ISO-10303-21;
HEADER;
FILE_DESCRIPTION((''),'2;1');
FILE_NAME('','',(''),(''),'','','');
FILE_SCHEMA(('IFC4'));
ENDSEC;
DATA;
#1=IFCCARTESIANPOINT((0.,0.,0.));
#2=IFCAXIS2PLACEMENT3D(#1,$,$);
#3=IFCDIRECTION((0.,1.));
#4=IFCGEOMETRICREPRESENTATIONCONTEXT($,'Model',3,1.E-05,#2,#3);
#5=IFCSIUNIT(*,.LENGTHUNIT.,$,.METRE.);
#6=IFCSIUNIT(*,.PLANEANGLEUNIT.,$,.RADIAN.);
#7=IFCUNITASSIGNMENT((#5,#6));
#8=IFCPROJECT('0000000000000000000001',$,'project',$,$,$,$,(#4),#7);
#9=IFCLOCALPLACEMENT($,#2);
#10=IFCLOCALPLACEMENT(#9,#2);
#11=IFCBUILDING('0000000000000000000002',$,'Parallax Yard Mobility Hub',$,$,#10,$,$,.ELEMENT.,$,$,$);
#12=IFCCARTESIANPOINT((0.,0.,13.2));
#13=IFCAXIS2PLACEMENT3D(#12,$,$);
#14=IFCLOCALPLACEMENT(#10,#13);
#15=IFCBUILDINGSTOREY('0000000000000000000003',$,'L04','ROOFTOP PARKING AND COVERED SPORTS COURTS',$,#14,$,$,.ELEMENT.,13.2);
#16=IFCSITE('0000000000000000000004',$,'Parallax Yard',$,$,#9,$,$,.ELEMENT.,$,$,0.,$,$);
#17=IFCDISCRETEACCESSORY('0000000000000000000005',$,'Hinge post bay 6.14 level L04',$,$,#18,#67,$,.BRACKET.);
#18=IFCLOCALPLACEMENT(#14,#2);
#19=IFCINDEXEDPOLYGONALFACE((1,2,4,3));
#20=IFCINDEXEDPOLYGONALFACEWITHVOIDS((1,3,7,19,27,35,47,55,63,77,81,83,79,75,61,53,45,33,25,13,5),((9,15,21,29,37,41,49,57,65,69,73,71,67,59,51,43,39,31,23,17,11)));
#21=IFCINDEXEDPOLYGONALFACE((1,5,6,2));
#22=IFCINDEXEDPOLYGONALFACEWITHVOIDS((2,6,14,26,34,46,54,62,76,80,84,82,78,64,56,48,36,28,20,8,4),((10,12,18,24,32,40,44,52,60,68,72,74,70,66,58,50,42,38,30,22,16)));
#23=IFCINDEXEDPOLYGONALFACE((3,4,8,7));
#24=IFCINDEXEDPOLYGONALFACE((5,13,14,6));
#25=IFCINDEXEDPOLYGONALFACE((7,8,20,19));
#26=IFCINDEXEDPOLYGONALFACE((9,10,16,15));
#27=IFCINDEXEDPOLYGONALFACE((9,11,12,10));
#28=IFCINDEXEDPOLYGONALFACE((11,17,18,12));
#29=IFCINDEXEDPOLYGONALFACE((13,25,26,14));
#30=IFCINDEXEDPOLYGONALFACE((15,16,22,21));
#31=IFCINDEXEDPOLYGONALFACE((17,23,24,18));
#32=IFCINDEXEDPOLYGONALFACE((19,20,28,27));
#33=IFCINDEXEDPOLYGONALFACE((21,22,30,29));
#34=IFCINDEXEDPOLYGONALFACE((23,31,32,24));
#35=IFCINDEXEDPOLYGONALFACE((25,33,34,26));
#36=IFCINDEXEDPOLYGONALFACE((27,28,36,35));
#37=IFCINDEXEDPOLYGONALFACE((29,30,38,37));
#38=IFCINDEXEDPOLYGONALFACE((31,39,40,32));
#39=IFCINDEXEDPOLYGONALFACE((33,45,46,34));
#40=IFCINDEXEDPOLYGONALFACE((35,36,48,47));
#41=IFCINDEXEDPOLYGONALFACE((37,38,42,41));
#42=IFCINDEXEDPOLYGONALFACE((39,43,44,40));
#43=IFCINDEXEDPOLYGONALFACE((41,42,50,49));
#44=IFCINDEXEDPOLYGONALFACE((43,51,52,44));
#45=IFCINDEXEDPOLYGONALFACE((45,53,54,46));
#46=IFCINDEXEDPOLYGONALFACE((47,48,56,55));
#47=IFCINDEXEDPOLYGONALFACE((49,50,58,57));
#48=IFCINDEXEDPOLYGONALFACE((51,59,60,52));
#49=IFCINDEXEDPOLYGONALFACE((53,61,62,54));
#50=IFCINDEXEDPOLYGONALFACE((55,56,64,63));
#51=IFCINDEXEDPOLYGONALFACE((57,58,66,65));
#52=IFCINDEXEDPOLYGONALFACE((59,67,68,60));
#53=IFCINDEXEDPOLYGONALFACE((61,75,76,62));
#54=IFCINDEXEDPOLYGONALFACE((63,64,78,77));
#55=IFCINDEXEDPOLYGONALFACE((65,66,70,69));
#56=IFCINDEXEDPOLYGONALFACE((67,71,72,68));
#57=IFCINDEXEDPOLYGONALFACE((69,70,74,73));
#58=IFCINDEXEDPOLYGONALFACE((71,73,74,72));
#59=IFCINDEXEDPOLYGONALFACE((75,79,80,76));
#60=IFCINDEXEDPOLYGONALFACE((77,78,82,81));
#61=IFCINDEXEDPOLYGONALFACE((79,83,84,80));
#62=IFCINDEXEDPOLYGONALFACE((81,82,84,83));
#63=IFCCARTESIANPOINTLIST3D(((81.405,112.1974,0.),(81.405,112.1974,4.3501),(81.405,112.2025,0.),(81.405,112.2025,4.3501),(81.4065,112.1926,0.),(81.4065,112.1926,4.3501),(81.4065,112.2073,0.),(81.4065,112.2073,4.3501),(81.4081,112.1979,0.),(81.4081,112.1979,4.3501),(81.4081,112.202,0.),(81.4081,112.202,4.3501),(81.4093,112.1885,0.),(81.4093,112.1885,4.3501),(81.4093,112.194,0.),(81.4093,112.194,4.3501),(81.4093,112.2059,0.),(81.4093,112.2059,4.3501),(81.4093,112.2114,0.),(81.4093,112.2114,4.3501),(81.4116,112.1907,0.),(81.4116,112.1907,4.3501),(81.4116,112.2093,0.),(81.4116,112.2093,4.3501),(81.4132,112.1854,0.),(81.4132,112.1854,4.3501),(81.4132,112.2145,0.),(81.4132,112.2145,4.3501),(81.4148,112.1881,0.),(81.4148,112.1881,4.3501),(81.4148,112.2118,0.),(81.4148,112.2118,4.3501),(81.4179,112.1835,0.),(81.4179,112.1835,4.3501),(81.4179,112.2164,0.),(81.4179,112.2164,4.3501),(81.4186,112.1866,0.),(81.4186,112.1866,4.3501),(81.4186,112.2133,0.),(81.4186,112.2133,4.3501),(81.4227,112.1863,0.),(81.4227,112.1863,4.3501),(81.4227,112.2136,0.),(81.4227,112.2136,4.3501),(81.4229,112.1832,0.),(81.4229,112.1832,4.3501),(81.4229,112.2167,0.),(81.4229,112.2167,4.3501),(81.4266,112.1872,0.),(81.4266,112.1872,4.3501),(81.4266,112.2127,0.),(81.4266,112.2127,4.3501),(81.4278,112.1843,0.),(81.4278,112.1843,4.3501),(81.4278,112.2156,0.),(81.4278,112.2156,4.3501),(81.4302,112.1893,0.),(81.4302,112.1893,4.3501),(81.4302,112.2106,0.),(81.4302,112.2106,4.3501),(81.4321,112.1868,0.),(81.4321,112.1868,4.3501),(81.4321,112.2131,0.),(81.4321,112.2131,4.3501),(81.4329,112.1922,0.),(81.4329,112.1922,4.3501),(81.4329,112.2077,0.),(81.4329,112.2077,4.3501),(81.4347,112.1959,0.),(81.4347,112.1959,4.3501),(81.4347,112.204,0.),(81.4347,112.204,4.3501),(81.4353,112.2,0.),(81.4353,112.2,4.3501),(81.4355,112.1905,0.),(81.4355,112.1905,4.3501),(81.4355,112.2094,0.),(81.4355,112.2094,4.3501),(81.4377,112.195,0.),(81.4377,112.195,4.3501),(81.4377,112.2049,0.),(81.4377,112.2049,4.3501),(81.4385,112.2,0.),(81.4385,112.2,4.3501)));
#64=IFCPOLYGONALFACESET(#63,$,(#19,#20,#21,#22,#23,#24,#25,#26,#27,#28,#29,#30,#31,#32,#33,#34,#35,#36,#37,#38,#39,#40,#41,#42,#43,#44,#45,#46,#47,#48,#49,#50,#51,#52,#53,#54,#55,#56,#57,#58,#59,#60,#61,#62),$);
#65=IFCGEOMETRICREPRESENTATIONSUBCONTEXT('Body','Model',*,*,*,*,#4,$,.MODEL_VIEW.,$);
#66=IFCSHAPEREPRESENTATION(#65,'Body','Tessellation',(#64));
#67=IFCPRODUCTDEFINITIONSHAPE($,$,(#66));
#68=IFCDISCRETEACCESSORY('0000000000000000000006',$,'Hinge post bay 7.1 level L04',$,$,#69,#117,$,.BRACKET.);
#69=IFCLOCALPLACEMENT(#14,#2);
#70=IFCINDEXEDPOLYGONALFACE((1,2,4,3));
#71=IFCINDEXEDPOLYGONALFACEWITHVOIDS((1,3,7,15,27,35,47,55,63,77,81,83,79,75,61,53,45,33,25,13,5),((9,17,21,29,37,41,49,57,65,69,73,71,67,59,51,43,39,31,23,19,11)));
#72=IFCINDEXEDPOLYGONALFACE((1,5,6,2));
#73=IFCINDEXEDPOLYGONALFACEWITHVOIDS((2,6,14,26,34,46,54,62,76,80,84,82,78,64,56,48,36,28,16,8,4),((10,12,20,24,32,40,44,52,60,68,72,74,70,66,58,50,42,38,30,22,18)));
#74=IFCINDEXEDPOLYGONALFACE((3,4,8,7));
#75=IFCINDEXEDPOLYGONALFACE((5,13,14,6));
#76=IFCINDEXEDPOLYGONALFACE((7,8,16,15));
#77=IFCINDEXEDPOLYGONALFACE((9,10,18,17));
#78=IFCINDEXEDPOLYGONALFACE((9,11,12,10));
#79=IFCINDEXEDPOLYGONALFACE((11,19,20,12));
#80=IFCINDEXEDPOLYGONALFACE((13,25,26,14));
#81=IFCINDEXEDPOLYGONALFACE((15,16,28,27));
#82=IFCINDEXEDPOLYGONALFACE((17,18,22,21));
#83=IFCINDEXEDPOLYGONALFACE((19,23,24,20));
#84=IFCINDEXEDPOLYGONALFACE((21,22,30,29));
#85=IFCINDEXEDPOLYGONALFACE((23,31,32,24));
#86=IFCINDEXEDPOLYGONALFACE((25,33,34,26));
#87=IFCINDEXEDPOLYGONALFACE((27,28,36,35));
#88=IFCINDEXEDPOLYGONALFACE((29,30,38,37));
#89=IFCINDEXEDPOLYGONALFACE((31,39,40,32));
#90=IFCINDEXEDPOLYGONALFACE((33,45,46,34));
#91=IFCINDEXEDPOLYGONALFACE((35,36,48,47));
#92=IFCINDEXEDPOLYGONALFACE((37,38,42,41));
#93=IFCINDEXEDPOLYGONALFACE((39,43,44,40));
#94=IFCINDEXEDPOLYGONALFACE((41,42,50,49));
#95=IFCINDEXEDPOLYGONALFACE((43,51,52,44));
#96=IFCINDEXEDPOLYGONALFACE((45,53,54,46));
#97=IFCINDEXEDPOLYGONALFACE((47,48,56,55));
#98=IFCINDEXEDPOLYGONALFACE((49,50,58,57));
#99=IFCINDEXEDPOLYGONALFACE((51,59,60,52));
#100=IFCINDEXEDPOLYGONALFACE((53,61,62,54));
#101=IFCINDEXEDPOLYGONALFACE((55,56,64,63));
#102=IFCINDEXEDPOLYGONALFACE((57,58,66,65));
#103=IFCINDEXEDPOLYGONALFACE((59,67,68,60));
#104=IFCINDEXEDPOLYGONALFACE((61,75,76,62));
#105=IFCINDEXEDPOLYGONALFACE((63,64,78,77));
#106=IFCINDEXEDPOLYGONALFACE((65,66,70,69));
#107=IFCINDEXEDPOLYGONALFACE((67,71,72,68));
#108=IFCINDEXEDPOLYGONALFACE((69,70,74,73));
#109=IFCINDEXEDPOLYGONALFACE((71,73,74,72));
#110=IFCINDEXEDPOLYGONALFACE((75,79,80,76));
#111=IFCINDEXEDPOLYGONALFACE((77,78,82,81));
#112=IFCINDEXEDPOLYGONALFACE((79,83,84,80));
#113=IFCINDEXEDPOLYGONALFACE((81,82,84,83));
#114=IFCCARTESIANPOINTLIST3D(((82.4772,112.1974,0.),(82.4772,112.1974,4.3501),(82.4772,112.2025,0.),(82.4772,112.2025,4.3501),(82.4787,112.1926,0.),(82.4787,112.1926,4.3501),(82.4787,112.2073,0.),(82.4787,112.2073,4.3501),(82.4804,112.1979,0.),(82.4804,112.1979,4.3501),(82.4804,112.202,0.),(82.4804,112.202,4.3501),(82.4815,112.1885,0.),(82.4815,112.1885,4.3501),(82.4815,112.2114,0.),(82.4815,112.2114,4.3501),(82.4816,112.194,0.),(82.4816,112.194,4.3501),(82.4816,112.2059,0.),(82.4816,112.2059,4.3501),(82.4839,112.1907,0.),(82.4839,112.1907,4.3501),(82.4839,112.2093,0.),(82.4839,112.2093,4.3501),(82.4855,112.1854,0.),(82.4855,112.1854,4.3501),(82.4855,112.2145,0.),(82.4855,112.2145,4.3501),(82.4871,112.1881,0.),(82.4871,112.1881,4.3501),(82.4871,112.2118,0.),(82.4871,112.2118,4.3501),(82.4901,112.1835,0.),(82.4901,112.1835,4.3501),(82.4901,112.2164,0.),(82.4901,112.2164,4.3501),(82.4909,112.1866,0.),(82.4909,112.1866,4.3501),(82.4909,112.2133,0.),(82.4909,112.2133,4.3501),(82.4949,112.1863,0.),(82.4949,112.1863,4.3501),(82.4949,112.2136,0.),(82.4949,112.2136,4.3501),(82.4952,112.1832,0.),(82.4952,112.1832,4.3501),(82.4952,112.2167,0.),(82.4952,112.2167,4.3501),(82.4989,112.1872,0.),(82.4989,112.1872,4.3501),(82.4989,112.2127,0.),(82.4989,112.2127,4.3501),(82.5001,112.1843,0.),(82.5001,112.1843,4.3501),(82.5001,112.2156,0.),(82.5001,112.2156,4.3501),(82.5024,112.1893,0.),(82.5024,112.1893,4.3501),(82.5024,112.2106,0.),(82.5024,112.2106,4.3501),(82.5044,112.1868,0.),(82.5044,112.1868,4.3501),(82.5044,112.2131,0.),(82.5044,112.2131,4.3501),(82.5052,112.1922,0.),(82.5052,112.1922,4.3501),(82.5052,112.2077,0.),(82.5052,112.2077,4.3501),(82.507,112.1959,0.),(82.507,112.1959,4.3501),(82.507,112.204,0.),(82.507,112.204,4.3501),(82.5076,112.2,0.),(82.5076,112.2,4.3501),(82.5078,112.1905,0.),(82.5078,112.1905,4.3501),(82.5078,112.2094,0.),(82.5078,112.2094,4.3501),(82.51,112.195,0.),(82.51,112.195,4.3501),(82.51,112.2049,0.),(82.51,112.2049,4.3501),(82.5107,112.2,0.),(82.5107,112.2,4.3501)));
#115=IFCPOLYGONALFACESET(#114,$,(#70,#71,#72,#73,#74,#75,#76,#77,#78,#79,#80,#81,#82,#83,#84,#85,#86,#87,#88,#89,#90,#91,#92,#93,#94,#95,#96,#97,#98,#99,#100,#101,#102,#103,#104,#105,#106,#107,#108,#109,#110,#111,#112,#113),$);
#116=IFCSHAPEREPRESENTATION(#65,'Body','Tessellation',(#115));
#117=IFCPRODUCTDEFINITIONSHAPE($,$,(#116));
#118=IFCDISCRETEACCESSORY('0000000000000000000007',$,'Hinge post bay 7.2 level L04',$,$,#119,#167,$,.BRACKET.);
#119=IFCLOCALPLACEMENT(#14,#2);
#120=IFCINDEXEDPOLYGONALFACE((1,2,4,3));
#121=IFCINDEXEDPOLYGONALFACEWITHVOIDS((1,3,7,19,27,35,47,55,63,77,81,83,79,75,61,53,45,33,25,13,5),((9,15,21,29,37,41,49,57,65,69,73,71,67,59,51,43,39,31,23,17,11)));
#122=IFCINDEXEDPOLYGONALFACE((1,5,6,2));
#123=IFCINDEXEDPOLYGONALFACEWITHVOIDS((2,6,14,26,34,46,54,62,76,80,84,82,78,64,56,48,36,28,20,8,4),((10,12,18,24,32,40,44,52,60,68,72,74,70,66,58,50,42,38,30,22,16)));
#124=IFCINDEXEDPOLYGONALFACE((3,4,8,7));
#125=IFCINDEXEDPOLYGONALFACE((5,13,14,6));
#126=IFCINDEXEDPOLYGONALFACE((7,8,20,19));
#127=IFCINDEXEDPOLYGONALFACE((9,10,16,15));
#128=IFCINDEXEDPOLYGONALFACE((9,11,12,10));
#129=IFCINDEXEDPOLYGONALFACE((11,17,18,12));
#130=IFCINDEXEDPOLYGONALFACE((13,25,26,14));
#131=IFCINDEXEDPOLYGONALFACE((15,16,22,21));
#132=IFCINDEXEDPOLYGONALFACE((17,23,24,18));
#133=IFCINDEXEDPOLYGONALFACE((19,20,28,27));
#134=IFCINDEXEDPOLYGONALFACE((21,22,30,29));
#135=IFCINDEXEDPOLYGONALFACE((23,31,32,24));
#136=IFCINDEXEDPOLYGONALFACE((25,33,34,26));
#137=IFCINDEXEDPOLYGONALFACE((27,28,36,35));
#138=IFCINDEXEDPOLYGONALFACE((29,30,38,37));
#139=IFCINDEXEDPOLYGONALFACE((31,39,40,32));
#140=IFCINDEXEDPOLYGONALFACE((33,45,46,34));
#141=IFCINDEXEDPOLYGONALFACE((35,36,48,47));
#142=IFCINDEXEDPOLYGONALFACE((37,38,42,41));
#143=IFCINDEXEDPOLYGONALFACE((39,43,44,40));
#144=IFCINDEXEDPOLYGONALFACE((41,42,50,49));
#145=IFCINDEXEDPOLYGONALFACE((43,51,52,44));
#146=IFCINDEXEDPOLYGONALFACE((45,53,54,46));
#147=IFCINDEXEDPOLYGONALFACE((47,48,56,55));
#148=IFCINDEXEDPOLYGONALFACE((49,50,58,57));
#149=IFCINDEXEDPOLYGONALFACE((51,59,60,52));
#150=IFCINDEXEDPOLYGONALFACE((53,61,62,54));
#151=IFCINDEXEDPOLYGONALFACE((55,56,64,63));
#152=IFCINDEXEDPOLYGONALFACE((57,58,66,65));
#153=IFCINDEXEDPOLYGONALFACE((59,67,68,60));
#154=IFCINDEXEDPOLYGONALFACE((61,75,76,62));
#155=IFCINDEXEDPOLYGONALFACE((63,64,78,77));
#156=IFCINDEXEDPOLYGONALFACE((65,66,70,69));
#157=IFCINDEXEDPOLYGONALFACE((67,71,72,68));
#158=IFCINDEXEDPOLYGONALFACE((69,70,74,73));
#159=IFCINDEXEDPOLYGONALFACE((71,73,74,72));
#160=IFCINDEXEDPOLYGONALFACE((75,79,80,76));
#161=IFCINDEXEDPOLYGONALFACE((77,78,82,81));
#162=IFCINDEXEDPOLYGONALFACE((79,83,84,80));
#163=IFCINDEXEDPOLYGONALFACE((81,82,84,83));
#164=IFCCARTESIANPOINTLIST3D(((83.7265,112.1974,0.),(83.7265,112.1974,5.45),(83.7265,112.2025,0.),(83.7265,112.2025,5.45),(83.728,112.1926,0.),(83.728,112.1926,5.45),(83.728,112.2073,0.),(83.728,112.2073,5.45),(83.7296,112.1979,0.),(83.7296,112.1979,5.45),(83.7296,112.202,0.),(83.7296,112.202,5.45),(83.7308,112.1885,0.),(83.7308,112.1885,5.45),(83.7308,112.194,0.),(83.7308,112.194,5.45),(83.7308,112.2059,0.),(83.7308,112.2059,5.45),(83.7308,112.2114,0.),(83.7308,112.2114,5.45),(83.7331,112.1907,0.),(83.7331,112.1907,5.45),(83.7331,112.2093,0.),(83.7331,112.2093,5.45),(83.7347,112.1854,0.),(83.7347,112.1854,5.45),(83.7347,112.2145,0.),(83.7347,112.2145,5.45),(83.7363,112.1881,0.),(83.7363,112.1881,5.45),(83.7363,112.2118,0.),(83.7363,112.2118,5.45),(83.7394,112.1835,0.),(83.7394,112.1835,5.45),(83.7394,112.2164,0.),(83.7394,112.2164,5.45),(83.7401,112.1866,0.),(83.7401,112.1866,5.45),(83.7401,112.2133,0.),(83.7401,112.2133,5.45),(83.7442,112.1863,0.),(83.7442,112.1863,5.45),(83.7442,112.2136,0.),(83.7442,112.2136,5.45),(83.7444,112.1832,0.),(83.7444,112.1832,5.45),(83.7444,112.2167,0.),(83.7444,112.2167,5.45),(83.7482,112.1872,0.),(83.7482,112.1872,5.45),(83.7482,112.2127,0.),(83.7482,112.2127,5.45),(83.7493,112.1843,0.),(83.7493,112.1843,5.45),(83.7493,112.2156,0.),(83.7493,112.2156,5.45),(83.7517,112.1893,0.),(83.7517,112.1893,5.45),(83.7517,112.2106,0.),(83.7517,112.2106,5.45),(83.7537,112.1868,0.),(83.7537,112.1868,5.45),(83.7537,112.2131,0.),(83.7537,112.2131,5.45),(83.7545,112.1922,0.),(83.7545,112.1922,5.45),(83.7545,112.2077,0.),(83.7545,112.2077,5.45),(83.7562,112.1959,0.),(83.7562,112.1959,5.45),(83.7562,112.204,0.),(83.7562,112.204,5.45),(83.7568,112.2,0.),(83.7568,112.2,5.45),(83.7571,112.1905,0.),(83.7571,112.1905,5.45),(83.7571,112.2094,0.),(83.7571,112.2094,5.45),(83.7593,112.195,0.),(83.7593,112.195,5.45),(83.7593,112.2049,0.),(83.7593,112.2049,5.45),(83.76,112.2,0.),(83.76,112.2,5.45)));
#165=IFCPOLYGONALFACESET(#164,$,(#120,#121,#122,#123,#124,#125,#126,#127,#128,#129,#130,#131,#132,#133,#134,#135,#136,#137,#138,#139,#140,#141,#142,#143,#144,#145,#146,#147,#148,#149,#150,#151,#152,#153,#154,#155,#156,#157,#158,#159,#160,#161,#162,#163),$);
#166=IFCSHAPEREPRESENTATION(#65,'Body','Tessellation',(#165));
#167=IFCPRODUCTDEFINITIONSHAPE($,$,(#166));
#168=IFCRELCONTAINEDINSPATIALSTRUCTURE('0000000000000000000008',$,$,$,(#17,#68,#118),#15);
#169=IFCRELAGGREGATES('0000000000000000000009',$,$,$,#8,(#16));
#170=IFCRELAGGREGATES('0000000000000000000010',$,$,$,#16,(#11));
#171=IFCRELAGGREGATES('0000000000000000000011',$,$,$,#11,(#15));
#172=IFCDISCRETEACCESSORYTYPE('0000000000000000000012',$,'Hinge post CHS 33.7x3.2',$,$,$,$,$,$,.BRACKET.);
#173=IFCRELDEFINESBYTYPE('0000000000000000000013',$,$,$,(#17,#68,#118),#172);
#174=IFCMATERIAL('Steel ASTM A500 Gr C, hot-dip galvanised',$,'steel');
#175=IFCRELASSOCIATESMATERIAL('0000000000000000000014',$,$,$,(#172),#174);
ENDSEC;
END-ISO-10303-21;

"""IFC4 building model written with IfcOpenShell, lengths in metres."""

from ifc_helpers import new_model, si_unit, direction, frame, origin, origin_2d, place, context, subcontext, project, spatial, hollow_circle, extrude, material, material_profile, profile_set, type_object, element, save


model = new_model("IFC4")

# Units and contexts
model_context = context("Model", 3, precision=1e-05, world=origin(), true_north=direction((0.0, 1.0)))
body_context = subcontext(model_context, "Body", "Model", "MODEL_VIEW")
ifc_project = project(units=[si_unit("LENGTHUNIT", "METRE"), si_unit("PLANEANGLEUNIT", "RADIAN")], contexts=[model_context])

# Site, building, storey
site_placement = place(None, origin())
site = spatial("IfcSite", under=ifc_project, at=site_placement, Name="Parallax Yard", CompositionType="ELEMENT", RefElevation=0.0)
building_placement = place(site_placement, origin())
building = spatial("IfcBuilding", under=site, at=building_placement, Name="Parallax Yard Mobility Hub", CompositionType="ELEMENT")
storey_placement = place(building_placement, frame((0.0, 0.0, 13.2)))
storey = spatial("IfcBuildingStorey", under=building, at=storey_placement, Name="L04", Description="ROOFTOP PARKING AND COVERED SPORTS COURTS", CompositionType="ELEMENT", Elevation=13.2)

# Discrete accessories
ifc_material_1 = material(Name="Steel ASTM A500 Gr C, hot-dip galvanised", Category="steel")
ifc_material_profile_1 = material_profile(ifc_material_1, hollow_circle(Radius=0.0168, WallThickness=0.0032, at=origin_2d()), Name="CHS 33.7x3.2")
ifc_profile_set_1 = profile_set([ifc_material_profile_1], Name="Steel ASTM A500 Gr C, hot-dip galvanised")
discrete_accessory_type_1 = type_object("IfcDiscreteAccessoryType", Name="Hinge post CHS 33.7x3.2", PredefinedType="BRACKET", material=ifc_profile_set_1)
for number, where, z_axis, x_axis, name in (
    (1, (81.4216, 112.2, 0.0), (0.0, 0.0, 1.0), (1.0, 0.0, 0.0), "Hinge post bay 6.14 level L04"),
    (2, (82.4939, 112.2, 0.0), (0.0, 0.0, 1.0), (1.0, 0.0, 0.0), "Hinge post bay 7.1 level L04"),
):
    element("IfcDiscreteAccessory", number, at=place(storey_placement, frame(where, z_axis=z_axis, x_axis=x_axis)), inside=storey, type_object=discrete_accessory_type_1, Name=name, PredefinedType="BRACKET", context=body_context, shape_type="SweptSolid", body=[
        extrude(hollow_circle(Radius=0.0168, WallThickness=0.0032, at=origin_2d()), origin(), (0.0, 0.0, 1.0), 4.3501),
    ])
for number, where, z_axis, x_axis, name in (
    (3, (83.7432, 112.2, 0.0), (0.0, 0.0, 1.0), (1.0, 0.0, 0.0), "Hinge post bay 7.2 level L04"),
):
    element("IfcDiscreteAccessory", number, at=place(storey_placement, frame(where, z_axis=z_axis, x_axis=x_axis)), inside=storey, type_object=discrete_accessory_type_1, Name=name, PredefinedType="BRACKET", context=body_context, shape_type="SweptSolid", body=[
        extrude(hollow_circle(Radius=0.0168, WallThickness=0.0032, at=origin_2d()), origin(), (0.0, 0.0, 1.0), 5.45),
    ])

save(model, "model.ifc")
